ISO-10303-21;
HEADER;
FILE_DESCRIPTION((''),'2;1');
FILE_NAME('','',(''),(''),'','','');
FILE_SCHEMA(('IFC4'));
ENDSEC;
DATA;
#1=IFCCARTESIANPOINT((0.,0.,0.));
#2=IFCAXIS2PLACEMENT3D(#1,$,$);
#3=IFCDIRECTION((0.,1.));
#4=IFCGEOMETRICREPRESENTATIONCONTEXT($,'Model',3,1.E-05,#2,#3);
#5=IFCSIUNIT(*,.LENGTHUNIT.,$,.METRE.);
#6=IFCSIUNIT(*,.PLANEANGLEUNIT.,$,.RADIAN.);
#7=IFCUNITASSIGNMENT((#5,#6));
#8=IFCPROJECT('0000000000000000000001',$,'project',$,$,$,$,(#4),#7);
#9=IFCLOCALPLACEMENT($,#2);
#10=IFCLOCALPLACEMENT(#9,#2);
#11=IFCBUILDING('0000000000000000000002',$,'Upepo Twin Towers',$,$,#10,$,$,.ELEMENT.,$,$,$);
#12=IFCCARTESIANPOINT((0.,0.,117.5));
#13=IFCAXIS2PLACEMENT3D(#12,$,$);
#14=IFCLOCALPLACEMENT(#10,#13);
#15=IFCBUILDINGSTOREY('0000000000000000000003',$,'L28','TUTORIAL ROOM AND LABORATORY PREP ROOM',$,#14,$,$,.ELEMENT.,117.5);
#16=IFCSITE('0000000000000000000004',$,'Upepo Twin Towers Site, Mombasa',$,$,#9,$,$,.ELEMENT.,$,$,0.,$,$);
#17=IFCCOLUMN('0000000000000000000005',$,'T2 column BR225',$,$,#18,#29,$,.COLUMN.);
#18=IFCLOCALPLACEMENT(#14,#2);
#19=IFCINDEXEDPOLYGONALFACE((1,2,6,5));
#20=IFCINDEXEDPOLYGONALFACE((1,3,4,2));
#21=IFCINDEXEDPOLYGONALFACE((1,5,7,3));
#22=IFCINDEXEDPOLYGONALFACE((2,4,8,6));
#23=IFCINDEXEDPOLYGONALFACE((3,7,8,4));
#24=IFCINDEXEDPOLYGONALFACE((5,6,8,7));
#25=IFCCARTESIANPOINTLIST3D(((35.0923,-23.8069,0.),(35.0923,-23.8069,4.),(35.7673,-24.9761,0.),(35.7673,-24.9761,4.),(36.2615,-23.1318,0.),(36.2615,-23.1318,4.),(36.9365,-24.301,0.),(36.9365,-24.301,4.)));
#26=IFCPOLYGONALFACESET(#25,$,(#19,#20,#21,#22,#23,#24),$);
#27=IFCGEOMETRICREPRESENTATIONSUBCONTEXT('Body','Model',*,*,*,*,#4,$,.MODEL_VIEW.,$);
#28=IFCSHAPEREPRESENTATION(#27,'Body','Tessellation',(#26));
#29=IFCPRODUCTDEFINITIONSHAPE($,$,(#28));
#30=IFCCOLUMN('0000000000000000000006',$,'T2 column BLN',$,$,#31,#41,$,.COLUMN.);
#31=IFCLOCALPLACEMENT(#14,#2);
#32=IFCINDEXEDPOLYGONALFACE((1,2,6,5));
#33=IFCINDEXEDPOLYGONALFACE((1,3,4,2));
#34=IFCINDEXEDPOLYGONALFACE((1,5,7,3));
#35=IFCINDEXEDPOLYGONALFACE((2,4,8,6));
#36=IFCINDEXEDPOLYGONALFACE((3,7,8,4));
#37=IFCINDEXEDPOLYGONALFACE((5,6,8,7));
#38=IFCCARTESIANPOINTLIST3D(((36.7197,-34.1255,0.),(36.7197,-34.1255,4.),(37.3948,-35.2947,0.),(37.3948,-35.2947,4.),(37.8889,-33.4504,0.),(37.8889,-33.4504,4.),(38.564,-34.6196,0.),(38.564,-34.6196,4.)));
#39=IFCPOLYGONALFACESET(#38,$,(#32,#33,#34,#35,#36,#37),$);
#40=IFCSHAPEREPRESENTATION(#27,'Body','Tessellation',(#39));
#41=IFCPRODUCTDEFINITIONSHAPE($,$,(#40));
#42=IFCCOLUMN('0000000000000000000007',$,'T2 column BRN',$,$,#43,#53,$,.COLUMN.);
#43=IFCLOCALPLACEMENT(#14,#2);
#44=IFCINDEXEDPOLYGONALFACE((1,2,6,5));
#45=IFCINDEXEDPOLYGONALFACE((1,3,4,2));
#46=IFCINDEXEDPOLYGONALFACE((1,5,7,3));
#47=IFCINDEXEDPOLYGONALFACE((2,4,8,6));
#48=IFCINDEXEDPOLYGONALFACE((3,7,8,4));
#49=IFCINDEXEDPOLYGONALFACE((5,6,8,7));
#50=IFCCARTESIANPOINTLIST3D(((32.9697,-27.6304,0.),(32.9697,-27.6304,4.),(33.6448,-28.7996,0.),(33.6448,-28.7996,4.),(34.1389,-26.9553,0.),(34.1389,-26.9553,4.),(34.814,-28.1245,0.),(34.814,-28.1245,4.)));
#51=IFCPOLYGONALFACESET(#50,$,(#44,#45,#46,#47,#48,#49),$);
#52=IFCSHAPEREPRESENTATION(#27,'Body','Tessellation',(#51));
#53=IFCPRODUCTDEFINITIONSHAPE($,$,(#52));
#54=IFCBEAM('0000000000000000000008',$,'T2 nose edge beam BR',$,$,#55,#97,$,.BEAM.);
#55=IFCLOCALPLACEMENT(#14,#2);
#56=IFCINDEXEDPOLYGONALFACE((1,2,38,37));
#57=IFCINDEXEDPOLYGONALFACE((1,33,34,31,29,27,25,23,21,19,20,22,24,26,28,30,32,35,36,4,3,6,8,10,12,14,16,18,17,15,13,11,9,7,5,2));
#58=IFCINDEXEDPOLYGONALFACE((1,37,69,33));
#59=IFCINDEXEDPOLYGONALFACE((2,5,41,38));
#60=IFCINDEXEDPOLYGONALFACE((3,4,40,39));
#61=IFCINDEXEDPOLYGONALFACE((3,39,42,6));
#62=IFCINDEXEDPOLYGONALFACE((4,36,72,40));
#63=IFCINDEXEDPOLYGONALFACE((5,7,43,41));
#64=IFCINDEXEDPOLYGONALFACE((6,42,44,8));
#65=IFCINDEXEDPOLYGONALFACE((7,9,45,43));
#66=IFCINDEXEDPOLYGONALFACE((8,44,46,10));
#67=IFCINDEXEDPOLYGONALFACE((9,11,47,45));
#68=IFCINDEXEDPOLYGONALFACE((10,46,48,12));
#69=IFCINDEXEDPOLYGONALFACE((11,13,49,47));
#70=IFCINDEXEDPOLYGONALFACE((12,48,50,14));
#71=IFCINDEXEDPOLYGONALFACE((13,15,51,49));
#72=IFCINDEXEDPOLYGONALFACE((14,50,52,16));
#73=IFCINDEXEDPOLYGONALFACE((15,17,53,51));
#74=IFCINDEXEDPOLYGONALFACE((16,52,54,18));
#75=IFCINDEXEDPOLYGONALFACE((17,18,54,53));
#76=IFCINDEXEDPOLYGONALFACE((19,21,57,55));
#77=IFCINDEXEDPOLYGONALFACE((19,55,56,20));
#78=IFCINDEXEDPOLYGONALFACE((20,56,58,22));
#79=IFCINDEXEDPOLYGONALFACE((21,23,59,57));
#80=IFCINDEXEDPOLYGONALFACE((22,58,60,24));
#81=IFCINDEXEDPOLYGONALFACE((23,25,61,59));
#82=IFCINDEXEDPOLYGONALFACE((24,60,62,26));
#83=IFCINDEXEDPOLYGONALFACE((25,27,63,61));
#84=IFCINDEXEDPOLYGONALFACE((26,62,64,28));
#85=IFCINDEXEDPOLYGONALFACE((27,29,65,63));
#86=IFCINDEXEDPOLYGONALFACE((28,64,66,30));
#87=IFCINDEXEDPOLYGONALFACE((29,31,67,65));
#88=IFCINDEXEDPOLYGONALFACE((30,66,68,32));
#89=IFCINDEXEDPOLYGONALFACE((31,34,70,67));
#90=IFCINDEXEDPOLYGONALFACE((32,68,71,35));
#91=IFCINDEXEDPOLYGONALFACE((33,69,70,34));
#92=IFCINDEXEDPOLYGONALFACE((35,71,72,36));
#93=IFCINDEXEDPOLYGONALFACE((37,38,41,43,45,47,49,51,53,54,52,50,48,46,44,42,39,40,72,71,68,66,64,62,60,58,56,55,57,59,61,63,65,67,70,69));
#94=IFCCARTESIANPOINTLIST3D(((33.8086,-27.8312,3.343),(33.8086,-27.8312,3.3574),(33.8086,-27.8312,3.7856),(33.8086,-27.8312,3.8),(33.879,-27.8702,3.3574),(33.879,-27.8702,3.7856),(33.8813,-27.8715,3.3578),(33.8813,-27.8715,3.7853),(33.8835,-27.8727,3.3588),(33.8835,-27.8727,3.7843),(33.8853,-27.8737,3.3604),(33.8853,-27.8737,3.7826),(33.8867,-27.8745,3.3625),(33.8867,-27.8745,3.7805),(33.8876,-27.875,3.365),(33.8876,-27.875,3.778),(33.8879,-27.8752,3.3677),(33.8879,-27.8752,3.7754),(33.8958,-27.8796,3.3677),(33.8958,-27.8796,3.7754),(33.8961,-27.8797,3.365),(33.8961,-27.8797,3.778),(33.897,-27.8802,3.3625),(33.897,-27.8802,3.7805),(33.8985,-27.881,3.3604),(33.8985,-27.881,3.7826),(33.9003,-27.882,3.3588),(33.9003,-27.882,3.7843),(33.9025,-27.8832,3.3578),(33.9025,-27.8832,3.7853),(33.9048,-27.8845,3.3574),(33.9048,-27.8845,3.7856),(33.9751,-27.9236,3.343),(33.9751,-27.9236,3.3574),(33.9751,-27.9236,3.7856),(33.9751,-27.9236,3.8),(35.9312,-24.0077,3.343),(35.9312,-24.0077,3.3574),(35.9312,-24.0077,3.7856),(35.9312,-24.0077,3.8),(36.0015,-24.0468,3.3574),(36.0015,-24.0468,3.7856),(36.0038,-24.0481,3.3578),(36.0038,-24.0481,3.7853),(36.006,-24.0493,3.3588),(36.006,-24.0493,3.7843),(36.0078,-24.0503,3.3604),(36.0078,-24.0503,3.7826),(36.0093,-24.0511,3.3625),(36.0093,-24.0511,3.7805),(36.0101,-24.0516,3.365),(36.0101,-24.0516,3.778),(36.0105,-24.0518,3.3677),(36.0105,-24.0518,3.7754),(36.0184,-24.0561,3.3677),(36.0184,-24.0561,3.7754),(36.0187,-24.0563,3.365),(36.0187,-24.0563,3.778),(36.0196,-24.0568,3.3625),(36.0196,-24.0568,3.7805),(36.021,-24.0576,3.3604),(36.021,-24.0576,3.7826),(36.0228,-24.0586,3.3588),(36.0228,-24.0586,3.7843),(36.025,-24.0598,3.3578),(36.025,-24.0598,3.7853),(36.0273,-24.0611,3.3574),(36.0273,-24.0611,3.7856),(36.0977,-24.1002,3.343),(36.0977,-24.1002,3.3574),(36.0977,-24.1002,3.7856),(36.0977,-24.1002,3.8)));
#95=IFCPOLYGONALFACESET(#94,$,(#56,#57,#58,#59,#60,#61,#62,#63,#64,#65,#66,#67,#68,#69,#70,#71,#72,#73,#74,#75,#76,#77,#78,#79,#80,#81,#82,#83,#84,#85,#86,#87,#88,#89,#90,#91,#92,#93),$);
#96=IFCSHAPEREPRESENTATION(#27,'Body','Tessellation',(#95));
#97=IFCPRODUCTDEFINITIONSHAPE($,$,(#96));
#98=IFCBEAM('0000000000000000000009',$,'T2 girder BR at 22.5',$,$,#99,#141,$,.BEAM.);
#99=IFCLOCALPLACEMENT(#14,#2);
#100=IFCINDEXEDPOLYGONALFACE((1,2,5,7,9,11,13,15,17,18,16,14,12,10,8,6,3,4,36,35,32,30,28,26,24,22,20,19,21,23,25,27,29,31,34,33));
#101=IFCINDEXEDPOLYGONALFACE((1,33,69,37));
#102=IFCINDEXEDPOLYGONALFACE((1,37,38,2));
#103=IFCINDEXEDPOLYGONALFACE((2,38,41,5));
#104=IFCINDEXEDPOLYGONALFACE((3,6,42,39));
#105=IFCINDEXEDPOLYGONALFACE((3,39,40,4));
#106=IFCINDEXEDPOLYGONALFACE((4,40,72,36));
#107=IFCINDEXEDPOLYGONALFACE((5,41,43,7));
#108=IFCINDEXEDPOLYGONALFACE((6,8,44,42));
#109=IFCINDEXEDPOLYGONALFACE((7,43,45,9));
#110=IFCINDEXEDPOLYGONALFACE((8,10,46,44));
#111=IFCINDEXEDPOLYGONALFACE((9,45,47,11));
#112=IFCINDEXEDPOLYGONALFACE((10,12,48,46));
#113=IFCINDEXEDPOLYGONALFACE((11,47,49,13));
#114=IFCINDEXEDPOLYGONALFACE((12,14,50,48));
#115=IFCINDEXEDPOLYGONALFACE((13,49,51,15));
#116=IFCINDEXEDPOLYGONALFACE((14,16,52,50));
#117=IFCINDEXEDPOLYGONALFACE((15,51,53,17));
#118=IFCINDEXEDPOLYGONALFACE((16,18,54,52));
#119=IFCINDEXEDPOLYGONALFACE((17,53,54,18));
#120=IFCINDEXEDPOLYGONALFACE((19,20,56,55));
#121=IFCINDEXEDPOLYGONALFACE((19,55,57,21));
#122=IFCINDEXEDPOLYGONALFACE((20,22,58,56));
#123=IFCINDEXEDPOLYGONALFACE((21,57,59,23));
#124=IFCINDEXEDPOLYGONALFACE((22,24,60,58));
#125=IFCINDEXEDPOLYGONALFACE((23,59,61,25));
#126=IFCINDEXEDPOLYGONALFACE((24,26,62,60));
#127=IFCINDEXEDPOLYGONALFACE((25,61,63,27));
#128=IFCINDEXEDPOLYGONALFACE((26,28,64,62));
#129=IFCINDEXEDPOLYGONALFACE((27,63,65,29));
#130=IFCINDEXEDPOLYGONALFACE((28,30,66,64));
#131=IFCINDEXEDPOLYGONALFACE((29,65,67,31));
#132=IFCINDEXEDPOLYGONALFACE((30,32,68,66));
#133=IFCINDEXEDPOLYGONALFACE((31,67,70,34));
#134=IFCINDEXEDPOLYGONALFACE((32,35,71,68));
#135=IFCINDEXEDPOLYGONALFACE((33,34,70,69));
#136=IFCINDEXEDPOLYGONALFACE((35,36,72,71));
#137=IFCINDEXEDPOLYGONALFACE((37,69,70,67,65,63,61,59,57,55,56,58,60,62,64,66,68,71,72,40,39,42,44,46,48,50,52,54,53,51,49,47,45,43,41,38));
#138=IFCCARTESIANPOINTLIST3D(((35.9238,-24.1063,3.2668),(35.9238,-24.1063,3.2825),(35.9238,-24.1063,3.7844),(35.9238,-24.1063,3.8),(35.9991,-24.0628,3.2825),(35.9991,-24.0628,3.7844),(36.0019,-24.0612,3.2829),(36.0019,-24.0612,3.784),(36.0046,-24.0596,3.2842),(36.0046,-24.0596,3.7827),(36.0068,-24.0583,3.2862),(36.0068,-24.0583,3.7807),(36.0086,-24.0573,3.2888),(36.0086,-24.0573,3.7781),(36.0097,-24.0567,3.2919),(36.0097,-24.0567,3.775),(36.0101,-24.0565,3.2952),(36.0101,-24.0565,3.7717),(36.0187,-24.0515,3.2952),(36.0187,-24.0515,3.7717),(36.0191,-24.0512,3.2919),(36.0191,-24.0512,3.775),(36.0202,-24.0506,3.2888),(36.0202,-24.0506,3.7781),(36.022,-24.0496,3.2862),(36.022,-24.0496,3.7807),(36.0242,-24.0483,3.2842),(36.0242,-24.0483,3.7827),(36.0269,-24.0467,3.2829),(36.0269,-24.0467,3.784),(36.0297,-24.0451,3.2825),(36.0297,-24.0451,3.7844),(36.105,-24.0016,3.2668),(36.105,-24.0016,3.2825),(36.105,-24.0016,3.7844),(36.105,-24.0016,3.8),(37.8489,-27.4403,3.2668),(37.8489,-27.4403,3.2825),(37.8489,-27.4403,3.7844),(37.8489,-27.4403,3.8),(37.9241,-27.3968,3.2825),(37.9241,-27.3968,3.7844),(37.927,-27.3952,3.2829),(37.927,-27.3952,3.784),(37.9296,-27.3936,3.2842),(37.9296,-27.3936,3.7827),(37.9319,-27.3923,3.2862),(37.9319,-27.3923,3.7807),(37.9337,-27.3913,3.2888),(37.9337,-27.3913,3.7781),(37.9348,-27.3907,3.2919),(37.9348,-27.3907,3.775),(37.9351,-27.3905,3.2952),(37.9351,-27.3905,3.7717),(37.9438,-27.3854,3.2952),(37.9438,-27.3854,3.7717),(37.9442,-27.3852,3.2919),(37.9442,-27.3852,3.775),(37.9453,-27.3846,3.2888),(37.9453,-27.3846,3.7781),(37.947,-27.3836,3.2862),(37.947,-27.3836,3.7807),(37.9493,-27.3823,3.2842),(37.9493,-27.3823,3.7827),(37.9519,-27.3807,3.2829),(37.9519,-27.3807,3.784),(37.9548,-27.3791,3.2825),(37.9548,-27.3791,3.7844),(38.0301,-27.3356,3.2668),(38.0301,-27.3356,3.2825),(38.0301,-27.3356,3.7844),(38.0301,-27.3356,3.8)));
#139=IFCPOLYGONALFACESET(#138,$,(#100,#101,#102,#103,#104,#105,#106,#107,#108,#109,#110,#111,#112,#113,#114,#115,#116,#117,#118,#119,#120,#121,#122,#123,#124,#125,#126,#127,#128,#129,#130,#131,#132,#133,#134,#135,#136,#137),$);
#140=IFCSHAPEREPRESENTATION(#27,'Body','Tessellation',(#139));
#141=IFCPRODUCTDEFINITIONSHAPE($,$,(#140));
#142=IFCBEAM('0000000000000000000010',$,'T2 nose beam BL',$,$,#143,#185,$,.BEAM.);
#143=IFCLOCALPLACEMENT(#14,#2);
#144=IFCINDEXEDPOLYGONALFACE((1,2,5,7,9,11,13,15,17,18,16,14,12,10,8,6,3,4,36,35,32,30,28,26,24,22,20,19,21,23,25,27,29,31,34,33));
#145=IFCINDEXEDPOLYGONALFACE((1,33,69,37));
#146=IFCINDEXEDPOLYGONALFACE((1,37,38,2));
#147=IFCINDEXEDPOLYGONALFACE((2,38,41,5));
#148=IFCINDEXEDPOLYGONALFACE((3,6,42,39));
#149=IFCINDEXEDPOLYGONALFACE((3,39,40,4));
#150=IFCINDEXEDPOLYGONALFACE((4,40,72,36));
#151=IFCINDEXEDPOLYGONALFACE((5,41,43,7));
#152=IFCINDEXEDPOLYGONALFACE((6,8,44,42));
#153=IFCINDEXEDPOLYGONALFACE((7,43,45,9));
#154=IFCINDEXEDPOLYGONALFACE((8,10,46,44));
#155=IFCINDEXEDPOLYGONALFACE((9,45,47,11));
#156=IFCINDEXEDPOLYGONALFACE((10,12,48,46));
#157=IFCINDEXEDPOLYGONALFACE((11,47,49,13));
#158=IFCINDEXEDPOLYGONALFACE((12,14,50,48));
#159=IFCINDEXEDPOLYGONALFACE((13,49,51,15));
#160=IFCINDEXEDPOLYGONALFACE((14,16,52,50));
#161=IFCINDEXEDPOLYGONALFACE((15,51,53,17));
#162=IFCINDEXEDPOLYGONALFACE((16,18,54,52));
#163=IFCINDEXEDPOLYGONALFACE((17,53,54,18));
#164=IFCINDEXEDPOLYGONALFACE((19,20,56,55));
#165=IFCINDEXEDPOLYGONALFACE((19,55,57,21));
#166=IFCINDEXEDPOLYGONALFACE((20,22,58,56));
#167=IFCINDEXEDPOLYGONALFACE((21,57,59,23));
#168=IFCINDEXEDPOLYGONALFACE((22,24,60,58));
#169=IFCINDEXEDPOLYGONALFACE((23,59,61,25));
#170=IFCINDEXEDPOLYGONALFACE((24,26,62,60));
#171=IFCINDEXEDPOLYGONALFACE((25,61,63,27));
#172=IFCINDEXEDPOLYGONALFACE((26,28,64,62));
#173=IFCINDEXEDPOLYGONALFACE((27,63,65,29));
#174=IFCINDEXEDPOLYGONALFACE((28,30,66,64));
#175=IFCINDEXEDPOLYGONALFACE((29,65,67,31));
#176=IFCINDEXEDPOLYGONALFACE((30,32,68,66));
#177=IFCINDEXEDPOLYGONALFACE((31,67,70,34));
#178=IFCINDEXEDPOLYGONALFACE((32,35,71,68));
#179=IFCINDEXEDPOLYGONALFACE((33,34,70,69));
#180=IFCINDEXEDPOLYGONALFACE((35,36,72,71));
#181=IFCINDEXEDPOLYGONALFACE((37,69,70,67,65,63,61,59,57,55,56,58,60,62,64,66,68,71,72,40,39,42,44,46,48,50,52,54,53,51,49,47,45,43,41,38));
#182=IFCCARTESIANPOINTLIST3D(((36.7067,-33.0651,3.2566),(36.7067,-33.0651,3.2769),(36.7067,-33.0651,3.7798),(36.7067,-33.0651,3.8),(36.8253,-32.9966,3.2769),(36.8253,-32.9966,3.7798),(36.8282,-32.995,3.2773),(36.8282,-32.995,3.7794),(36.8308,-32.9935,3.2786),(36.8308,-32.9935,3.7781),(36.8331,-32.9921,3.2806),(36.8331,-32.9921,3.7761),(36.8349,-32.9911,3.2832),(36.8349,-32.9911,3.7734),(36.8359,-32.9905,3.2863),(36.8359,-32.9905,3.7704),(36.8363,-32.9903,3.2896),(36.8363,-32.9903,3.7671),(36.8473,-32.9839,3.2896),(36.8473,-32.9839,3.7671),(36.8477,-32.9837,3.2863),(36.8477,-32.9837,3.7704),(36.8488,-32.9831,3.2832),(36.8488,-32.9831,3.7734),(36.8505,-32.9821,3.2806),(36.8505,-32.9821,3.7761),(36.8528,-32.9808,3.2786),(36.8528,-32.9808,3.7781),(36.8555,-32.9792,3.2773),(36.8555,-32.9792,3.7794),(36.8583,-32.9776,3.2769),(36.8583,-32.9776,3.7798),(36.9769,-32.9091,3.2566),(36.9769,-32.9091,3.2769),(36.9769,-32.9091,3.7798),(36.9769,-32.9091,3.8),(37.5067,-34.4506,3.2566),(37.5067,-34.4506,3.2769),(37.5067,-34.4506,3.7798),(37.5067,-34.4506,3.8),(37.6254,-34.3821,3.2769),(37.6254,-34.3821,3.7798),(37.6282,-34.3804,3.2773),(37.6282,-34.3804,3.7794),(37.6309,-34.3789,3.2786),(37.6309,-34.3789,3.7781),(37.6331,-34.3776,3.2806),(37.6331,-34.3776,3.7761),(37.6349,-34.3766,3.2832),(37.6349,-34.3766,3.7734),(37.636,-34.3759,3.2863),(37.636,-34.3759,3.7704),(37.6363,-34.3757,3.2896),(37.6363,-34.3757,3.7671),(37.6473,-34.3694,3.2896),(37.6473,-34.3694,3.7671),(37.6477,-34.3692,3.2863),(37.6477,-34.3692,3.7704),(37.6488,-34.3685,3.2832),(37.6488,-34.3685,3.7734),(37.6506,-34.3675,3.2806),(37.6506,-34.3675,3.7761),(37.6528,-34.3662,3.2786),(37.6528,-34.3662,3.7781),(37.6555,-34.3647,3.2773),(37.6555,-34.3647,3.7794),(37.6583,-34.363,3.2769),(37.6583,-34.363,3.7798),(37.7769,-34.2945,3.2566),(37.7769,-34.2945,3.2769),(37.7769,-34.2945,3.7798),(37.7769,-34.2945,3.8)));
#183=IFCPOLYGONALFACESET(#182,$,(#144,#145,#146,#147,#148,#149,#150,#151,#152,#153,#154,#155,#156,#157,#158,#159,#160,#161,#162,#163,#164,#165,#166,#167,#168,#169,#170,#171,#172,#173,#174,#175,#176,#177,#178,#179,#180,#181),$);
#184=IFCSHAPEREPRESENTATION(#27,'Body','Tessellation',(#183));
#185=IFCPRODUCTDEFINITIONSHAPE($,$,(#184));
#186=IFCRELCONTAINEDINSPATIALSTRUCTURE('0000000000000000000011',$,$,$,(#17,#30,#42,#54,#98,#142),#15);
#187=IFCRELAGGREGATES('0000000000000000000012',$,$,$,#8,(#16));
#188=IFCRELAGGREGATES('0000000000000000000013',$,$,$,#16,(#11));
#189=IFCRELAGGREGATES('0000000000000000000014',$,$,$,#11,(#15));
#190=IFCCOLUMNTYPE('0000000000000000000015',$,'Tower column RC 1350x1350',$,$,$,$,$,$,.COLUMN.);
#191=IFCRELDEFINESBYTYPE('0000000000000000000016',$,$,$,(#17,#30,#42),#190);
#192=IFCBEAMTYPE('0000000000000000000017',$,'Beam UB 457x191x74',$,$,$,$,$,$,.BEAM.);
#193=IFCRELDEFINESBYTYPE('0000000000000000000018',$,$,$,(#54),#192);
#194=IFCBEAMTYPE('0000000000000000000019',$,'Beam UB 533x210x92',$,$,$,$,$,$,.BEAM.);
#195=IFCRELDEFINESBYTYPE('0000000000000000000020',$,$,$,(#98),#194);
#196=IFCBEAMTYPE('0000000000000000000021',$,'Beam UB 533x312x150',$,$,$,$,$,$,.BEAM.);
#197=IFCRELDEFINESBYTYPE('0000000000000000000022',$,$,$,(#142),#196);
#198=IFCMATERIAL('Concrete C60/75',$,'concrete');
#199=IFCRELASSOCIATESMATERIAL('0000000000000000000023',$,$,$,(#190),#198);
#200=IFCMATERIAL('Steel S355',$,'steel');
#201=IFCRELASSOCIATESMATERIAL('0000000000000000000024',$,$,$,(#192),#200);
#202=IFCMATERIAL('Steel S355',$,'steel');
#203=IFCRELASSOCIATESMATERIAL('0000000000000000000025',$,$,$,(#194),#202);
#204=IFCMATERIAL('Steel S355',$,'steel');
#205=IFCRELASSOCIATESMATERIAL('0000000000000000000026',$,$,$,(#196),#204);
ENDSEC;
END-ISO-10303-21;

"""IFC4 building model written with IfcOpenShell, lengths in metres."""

from ifc_helpers import new_model, si_unit, direction, frame, origin, origin_2d, place, context, subcontext, project, spatial, rectangle, i_section, extrude, material, material_profile, profile_set, type_object, element, save


model = new_model("IFC4")

# Units and contexts
model_context = context("Model", 3, precision=1e-05, world=origin(), true_north=direction((0.0, 1.0)))
body_context = subcontext(model_context, "Body", "Model", "MODEL_VIEW")
ifc_project = project(units=[si_unit("LENGTHUNIT", "METRE"), si_unit("PLANEANGLEUNIT", "RADIAN")], contexts=[model_context])

# Site, building, storey
site_placement = place(None, origin())
site = spatial("IfcSite", under=ifc_project, at=site_placement, Name="Upepo Twin Towers Site, Mombasa", CompositionType="ELEMENT", RefElevation=0.0)
building_placement = place(site_placement, origin())
building = spatial("IfcBuilding", under=site, at=building_placement, Name="Upepo Twin Towers", CompositionType="ELEMENT")
storey_placement = place(building_placement, frame((0.0, 0.0, 117.5)))
storey = spatial("IfcBuildingStorey", under=building, at=storey_placement, Name="L28", Description="TUTORIAL ROOM AND LABORATORY PREP ROOM", CompositionType="ELEMENT", Elevation=117.5)

# Columns
ifc_material_1 = material(Name="Concrete C60/75", Category="concrete")
ifc_material_profile_1 = material_profile(ifc_material_1, rectangle(XDim=1.3501, YDim=1.3501, at=origin_2d()), Name="RC 1350x1350")
ifc_profile_set_1 = profile_set([ifc_material_profile_1], Name="Concrete C60/75")
column_type = type_object("IfcColumnType", Name="Tower column RC 1350x1350", PredefinedType="COLUMN", material=ifc_profile_set_1)
for number, where, z_axis, x_axis, name in (
    (1, (36.0144, -24.054, 0.0), (0.0, 0.0, 1.0), (0.866025, 0.5, 0.0), "T2 column BR225"),
    (2, (37.6418, -34.3726, 0.0), (0.0, 0.0, 1.0), (0.866025, 0.5, 0.0), "T2 column BLN"),
    (3, (33.8918, -27.8774, 0.0), (0.0, 0.0, 1.0), (0.866025, 0.5, 0.0), "T2 column BRN"),
):
    element("IfcColumn", number, at=place(storey_placement, frame(where, z_axis=z_axis, x_axis=x_axis)), inside=storey, type_object=column_type, Name=name, PredefinedType="COLUMN", context=body_context, shape_type="SweptSolid", body=[
        extrude(rectangle(XDim=1.3501, YDim=1.3501, at=origin_2d()), origin(), (0.0, 0.0, 1.0), 4.0),
    ])

# Beams
ifc_material_2 = material(Name="Steel S355", Category="steel")
ifc_material_profile_2 = material_profile(ifc_material_2, i_section(OverallWidth=0.1904, OverallDepth=0.457, WebThickness=0.009, FlangeThickness=0.0144, FilletRadius=0.0103, at=origin_2d()), Name="UB 457x191x74")
ifc_profile_set_2 = profile_set([ifc_material_profile_2], Name="Steel S355")
beam_type_1 = type_object("IfcBeamType", Name="Beam UB 457x191x74", PredefinedType="BEAM", material=ifc_profile_set_2)
beam_1_placement = place(storey_placement, frame((36.0144, -24.054, 3.5715), z_axis=(-0.485363, -0.874313, 0.0), x_axis=(0.874313, -0.485363, 0.0)))
element("IfcBeam", 4, at=beam_1_placement, inside=storey, type_object=beam_type_1, Name="T2 nose edge beam BR", PredefinedType="BEAM", context=body_context, shape_type="SweptSolid", body=[
    extrude(i_section(OverallWidth=0.1904, OverallDepth=0.457, WebThickness=0.009, FlangeThickness=0.0144, FilletRadius=0.0103, at=origin_2d()), origin(), (0.0, 0.0, 1.0), 4.373),
])
ifc_material_3 = material(Name="Steel S355", Category="steel")
ifc_material_profile_3 = material_profile(ifc_material_3, i_section(OverallWidth=0.2092, OverallDepth=0.5332, WebThickness=0.01, FlangeThickness=0.0156, FilletRadius=0.0127, at=origin_2d()), Name="UB 533x210x92")
ifc_profile_set_3 = profile_set([ifc_material_profile_3], Name="Steel S355")
beam_type_2 = type_object("IfcBeamType", Name="Beam UB 533x210x92", PredefinedType="BEAM", material=ifc_profile_set_3)
beam_2_placement = place(storey_placement, frame((36.0144, -24.054, 3.5334), z_axis=(0.500034, -0.866006, 0.0), x_axis=(0.866006, 0.500034, 0.0)))
element("IfcBeam", 5, at=beam_2_placement, inside=storey, type_object=beam_type_2, Name="T2 girder BR at 22.5", PredefinedType="BEAM", context=body_context, shape_type="SweptSolid", body=[
    extrude(i_section(OverallWidth=0.2092, OverallDepth=0.5332, WebThickness=0.01, FlangeThickness=0.0156, FilletRadius=0.0127, at=origin_2d()), origin(), (0.0, 0.0, 1.0), 3.8499),
])
ifc_material_4 = material(Name="Steel S355", Category="steel")
ifc_material_profile_4 = material_profile(ifc_material_4, i_section(OverallWidth=0.312, OverallDepth=0.5435, WebThickness=0.0127, FlangeThickness=0.0203, FilletRadius=0.0127, at=origin_2d()), Name="UB 533x312x150")
ifc_profile_set_4 = profile_set([ifc_material_profile_4], Name="Steel S355")
beam_type_3 = type_object("IfcBeamType", Name="Beam UB 533x312x150", PredefinedType="BEAM", material=ifc_profile_set_4)
for number, where, z_axis, x_axis, name in (
    (6, (37.6418, -34.3726, 3.5283), (-0.500061, 0.86599, 0.0), (-0.86599, -0.500061, 0.0), "T2 nose beam BL"),
):
    element("IfcBeam", number, at=place(storey_placement, frame(where, z_axis=z_axis, x_axis=x_axis)), inside=storey, type_object=beam_type_3, Name=name, PredefinedType="BEAM", context=body_context, shape_type="SweptSolid", body=[
        extrude(i_section(OverallWidth=0.312, OverallDepth=0.5435, WebThickness=0.0127, FlangeThickness=0.0203, FilletRadius=0.0127, at=origin_2d()), origin(), (0.0, 0.0, 1.0), 1.5999),
    ])

save(model, "model.ifc")
